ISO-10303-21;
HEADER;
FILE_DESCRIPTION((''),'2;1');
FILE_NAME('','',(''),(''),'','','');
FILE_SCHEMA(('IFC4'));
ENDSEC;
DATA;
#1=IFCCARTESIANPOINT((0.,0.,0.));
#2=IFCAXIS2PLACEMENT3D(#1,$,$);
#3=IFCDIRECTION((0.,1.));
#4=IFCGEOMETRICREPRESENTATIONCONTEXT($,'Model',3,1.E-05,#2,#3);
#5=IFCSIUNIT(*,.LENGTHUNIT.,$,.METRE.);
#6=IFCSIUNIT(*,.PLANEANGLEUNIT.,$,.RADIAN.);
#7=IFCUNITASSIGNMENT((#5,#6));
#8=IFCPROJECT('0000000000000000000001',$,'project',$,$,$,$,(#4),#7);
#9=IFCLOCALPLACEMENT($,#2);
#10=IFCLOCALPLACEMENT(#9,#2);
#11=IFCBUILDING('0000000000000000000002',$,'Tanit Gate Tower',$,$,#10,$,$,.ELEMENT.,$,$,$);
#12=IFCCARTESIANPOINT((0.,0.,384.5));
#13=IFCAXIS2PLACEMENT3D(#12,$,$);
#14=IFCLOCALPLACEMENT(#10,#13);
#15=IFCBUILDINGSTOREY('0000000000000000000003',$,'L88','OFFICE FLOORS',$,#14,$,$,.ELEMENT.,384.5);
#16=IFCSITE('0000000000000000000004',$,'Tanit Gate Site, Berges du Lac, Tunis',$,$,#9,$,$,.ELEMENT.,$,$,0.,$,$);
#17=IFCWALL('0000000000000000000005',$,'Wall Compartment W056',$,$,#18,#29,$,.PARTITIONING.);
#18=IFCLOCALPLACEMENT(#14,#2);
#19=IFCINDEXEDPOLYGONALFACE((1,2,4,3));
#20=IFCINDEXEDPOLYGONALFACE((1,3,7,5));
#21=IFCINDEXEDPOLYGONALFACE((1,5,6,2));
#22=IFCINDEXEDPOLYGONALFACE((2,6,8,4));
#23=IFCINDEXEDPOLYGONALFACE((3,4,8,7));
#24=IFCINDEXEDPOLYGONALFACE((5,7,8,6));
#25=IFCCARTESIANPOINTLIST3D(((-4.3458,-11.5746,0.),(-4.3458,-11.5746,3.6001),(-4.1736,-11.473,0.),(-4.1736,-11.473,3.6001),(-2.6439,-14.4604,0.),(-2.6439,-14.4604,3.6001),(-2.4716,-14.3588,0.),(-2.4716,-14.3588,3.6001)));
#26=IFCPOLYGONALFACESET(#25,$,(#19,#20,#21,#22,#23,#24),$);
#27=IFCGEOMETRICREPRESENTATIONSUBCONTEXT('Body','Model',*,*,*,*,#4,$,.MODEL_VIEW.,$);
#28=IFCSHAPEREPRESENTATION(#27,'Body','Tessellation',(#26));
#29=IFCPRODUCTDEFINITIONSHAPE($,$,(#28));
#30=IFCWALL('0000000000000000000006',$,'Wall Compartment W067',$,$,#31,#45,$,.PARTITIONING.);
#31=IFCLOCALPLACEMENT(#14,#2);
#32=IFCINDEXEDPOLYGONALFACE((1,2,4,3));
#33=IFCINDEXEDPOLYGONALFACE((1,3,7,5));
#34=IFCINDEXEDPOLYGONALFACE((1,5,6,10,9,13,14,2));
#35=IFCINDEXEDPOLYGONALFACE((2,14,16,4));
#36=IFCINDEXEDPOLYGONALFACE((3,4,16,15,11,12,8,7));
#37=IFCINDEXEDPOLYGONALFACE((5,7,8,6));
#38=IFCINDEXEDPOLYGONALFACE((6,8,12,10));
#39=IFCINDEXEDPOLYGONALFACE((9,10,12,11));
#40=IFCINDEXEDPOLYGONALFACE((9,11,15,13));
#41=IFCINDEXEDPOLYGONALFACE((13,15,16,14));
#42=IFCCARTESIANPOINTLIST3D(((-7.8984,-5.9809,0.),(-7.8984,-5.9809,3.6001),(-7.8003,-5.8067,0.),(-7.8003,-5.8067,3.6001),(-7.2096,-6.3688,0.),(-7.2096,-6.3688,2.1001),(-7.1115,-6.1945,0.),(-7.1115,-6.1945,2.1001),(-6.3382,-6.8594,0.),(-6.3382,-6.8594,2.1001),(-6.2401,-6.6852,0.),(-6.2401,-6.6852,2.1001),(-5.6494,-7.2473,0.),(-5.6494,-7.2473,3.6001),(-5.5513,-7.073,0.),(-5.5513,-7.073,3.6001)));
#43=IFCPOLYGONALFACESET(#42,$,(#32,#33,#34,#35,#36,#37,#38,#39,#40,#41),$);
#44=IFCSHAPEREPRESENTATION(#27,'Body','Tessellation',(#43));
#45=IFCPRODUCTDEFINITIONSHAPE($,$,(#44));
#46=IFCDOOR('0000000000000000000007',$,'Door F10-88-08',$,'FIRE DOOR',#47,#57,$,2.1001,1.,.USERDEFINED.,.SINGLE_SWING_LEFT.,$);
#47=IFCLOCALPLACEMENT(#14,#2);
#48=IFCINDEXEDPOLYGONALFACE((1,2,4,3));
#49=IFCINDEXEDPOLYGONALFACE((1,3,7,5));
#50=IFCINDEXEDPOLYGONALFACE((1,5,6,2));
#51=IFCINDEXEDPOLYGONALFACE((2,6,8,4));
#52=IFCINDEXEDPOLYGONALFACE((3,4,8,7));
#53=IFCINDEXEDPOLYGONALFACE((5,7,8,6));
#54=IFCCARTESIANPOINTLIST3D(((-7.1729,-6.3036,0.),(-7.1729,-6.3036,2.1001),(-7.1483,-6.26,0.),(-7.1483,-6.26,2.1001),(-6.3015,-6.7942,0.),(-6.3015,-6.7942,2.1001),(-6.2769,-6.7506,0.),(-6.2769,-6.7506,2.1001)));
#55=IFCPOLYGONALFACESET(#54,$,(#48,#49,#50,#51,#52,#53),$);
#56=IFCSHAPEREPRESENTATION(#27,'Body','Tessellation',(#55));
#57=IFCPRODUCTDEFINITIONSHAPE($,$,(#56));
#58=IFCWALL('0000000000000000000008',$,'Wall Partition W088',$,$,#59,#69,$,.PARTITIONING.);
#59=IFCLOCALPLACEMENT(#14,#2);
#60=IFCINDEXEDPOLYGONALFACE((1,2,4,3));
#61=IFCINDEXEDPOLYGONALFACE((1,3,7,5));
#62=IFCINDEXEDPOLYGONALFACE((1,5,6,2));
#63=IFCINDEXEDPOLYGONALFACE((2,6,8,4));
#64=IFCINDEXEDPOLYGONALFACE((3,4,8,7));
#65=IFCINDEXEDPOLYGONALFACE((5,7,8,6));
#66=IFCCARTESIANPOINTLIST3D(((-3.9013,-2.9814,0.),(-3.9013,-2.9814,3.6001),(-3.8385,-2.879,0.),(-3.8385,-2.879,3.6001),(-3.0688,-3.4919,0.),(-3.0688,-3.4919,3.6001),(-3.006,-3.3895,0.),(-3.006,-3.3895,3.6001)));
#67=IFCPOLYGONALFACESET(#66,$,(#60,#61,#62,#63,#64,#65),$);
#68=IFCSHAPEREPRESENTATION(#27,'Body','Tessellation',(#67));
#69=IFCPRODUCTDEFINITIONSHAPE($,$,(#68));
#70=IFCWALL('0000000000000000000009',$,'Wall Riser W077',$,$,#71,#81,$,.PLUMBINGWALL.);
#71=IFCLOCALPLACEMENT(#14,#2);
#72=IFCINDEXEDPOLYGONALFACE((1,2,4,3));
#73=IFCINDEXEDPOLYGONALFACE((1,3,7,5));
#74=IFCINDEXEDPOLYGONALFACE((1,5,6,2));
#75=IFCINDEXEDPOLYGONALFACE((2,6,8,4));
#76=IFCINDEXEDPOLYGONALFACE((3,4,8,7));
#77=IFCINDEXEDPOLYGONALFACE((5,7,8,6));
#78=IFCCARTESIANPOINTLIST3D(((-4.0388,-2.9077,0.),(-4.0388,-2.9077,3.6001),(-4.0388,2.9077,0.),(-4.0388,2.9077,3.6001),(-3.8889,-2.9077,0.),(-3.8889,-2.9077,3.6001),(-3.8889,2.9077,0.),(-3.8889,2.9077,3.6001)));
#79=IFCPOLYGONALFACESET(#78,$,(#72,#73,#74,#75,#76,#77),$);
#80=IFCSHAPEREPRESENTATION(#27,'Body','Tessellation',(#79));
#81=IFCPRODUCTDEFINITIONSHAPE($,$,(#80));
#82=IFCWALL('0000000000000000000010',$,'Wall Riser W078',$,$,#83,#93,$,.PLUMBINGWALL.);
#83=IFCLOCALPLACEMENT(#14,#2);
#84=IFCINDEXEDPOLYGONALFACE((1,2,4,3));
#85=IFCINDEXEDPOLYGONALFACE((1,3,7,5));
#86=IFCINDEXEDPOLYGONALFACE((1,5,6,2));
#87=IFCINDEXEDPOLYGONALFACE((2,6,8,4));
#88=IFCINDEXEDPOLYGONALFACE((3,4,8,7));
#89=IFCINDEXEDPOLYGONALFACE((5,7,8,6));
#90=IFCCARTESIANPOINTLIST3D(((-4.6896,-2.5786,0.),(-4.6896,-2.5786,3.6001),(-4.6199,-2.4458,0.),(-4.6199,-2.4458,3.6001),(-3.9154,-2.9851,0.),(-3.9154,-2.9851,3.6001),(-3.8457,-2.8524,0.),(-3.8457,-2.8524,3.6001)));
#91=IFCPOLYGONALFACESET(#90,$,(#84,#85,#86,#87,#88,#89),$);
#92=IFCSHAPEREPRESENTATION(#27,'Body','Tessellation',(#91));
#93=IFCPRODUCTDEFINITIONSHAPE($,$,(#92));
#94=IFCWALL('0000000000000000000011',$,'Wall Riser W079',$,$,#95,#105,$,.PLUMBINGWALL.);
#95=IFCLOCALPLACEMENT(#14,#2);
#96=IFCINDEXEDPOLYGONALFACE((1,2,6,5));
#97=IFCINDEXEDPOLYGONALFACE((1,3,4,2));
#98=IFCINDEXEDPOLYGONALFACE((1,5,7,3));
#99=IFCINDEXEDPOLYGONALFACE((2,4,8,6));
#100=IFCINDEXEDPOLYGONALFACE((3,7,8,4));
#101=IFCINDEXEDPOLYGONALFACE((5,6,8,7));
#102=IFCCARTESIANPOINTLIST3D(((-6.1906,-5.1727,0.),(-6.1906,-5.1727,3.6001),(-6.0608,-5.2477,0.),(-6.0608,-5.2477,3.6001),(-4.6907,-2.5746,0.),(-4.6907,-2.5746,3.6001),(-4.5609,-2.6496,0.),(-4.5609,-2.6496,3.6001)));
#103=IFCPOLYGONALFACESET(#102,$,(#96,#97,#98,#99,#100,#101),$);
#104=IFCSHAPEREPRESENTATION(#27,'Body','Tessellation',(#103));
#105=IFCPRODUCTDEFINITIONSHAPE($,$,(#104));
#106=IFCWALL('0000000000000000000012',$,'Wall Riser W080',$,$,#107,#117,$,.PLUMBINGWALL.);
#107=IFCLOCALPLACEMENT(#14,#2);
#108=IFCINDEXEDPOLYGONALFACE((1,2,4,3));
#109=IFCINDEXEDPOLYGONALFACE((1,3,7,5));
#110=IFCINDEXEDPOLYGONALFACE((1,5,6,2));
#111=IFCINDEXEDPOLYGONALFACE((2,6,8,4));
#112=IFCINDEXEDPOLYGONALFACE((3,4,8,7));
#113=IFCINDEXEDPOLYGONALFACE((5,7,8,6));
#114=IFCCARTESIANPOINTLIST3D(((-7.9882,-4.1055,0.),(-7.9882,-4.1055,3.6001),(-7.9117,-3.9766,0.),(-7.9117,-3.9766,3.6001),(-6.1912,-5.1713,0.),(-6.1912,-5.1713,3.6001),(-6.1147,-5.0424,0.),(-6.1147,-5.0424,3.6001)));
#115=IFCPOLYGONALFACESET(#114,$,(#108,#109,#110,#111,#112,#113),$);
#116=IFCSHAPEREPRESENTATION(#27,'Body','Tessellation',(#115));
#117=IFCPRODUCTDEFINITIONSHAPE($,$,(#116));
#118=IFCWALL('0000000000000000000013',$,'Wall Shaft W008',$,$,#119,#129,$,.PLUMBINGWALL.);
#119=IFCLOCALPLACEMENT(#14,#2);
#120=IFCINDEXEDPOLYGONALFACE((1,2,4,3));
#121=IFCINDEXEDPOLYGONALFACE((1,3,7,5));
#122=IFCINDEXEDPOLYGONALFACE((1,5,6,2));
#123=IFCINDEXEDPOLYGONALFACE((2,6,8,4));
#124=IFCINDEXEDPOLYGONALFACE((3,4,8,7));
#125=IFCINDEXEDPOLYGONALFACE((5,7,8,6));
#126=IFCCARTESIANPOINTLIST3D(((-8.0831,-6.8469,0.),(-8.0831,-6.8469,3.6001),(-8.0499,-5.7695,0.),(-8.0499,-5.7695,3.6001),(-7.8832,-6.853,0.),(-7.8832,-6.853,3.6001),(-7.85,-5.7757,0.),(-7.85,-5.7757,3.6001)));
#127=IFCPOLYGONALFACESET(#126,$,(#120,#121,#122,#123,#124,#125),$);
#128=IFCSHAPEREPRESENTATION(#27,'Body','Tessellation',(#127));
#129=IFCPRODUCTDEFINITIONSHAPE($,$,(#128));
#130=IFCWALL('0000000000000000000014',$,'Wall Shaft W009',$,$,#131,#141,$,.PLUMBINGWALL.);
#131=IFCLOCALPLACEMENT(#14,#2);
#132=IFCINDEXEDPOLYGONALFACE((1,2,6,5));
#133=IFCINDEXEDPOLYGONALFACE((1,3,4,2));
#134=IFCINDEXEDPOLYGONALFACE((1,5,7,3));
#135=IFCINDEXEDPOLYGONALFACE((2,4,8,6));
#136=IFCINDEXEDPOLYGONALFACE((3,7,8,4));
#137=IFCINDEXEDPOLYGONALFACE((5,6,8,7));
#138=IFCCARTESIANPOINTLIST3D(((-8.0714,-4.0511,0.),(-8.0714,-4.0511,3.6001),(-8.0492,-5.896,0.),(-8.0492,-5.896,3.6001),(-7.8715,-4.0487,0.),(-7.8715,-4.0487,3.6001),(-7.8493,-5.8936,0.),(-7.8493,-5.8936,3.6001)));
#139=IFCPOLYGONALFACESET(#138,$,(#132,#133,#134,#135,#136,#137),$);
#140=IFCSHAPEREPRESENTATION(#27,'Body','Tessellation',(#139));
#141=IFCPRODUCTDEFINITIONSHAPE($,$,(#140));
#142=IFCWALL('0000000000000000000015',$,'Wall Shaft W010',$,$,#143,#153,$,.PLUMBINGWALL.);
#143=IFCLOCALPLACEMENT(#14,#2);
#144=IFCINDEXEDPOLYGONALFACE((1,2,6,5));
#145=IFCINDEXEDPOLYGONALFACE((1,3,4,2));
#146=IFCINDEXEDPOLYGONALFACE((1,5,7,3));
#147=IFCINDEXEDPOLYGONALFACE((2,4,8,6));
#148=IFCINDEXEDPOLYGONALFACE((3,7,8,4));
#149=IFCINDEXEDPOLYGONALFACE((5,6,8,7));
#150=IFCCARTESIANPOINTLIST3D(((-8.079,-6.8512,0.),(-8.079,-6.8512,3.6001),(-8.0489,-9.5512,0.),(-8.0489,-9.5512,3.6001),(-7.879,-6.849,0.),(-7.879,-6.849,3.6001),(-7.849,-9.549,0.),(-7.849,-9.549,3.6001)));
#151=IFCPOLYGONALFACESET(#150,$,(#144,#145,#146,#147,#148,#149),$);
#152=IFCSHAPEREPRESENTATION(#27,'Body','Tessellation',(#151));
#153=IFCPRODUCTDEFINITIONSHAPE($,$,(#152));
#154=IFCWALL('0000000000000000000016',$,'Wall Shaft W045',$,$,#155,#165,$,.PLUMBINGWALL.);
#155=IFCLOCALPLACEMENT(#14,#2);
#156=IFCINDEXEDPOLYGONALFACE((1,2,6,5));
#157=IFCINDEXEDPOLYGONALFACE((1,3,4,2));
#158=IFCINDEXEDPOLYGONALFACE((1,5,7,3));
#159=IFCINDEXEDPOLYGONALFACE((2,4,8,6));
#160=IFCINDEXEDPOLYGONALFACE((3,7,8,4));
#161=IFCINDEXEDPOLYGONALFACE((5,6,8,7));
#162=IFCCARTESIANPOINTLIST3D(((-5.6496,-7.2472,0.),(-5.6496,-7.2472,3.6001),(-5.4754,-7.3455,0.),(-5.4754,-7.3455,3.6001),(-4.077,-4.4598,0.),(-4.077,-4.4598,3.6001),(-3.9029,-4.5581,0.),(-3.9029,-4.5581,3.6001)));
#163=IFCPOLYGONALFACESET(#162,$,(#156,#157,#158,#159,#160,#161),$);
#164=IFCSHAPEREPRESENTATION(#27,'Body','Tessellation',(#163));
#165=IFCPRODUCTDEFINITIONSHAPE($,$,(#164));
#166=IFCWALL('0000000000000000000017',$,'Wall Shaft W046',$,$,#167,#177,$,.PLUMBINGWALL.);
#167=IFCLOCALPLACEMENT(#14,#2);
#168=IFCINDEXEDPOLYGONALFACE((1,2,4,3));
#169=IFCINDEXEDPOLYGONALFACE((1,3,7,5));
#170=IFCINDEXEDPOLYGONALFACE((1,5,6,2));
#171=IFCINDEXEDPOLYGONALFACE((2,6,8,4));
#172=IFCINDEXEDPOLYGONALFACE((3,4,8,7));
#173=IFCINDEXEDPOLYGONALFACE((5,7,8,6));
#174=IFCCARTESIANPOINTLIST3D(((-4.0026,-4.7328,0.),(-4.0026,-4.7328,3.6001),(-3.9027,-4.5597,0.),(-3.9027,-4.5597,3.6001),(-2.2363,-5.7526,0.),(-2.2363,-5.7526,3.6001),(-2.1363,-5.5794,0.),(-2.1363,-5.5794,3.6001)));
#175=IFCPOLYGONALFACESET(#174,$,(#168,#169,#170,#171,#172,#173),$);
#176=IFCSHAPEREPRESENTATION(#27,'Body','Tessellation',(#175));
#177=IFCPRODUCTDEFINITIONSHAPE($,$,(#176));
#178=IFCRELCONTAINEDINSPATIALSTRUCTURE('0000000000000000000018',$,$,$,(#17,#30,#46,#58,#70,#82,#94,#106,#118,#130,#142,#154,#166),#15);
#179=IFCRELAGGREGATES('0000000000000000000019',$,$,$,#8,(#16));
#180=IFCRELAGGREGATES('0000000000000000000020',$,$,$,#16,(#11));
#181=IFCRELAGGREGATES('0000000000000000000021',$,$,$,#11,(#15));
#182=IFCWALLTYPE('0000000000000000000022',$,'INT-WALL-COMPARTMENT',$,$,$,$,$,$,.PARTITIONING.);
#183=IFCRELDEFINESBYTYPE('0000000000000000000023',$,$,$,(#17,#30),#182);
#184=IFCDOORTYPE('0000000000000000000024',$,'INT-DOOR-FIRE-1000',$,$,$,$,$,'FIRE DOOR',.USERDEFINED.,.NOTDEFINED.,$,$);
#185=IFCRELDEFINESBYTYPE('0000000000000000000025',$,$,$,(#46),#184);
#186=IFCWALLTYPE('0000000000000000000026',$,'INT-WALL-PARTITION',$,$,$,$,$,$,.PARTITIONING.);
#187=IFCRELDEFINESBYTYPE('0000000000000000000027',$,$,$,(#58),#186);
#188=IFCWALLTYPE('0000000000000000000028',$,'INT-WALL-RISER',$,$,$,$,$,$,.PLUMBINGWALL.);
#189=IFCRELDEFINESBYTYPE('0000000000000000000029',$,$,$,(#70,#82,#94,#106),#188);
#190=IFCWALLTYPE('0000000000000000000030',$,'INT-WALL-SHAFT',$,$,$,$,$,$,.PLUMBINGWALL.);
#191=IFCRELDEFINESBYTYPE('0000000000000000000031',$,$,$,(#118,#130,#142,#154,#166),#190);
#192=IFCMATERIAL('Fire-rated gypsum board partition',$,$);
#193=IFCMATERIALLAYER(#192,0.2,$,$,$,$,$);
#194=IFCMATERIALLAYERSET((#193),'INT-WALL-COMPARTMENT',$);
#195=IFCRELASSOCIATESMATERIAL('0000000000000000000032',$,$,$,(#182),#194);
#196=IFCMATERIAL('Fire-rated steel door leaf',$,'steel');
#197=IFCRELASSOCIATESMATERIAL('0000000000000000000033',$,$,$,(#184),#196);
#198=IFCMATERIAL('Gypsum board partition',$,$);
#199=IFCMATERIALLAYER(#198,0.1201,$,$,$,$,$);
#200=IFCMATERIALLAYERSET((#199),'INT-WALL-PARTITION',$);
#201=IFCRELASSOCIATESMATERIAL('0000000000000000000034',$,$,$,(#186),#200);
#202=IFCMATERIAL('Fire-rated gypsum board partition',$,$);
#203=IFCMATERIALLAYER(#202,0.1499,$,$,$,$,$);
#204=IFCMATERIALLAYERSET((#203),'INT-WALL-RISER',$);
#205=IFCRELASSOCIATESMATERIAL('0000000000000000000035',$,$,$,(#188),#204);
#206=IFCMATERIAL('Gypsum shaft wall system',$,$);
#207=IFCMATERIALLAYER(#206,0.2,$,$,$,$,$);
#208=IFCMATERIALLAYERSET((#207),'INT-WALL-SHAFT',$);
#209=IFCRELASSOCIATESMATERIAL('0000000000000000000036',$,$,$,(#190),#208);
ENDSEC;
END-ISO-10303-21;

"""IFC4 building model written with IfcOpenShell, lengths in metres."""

from ifc_helpers import new_model, si_unit, direction, frame, frame_2d, origin, place, context, subcontext, project, spatial, rectangle, extrude, material, layer, layer_set, type_object, element, fill, save


model = new_model("IFC4")

# Units and contexts
model_context = context("Model", 3, precision=1e-05, world=origin(), true_north=direction((0.0, 1.0)))
body_context = subcontext(model_context, "Body", "Model", "MODEL_VIEW")
ifc_project = project(units=[si_unit("LENGTHUNIT", "METRE"), si_unit("PLANEANGLEUNIT", "RADIAN")], contexts=[model_context])

# Site, building, storey
site_placement = place(None, origin())
site = spatial("IfcSite", under=ifc_project, at=site_placement, Name="Tanit Gate Site, Berges du Lac, Tunis", CompositionType="ELEMENT", RefElevation=0.0)
building_placement = place(site_placement, origin())
building = spatial("IfcBuilding", under=site, at=building_placement, Name="Tanit Gate Tower", CompositionType="ELEMENT")
storey_placement = place(building_placement, frame((0.0, 0.0, 384.5)))
storey = spatial("IfcBuildingStorey", under=building, at=storey_placement, Name="L88", Description="OFFICE FLOORS", CompositionType="ELEMENT", Elevation=384.5)

# Wall
ifc_material_1 = material(Name="Fire-rated gypsum board partition")
ifc_layer_1 = layer(ifc_material_1, 0.2)
ifc_layer_set_1 = layer_set([ifc_layer_1], Name="INT-WALL-COMPARTMENT")
wall_type_1 = type_object("IfcWallType", Name="INT-WALL-COMPARTMENT", PredefinedType="PARTITIONING", material=ifc_layer_set_1)
wall_1_placement = place(storey_placement, frame((-4.2598, -11.5237, 0.0), z_axis=(0.0, 0.0, 1.0), x_axis=(0.507997, -0.861359, 0.0)))
element("IfcWall", 1, at=wall_1_placement, inside=storey, type_object=wall_type_1, Name="Wall Compartment W056", PredefinedType="PARTITIONING", context=body_context, shape_type="SweptSolid", body=[
    extrude(rectangle(XDim=3.3503, YDim=0.2, at=frame_2d((1.6753, 0.0))), origin(), (0.0, 0.0, 1.0), 3.6001),
])

# Wall, opening, door
wall_2_placement = place(storey_placement, frame((-7.8494, -5.8938, 0.0), z_axis=(0.0, 0.0, 1.0), x_axis=(0.871363, -0.490638, 0.0)))
wall_2 = element("IfcWall", 2, at=wall_2_placement, inside=storey, type_object=wall_type_1, Name="Wall Compartment W067", PredefinedType="PARTITIONING", context=body_context, shape_type="SweptSolid", body=[
    extrude(rectangle(XDim=2.5811, YDim=0.2, at=frame_2d((1.2905, 0.0))), origin(), (0.0, 0.0, 1.0), 3.6001),
])
opening_1_placement = place(wall_2_placement, frame((0.7905, 0.0, 0.0)))
opening_1 = element("IfcOpeningElement", 3, at=opening_1_placement, cuts=wall_2, PredefinedType="OPENING", context=body_context, shape_type="SweptSolid", body=[
    extrude(rectangle(XDim=1.0, YDim=2.1001, at=frame_2d((0.5, 1.05))), frame((0.0, 0.1099, 0.0), z_axis=(0.0, -1.0, 0.0), x_axis=(1.0, 0.0, 0.0)), (0.0, 0.0, 1.0), 0.22),
])
ifc_material_2 = material(Name="Fire-rated steel door leaf", Category="steel")
door_type_1 = type_object("IfcDoorType", Name="INT-DOOR-FIRE-1000", ElementType="FIRE DOOR", OperationType="NOTDEFINED", PredefinedType="USERDEFINED", material=ifc_material_2)
door_1_placement = place(opening_1_placement, origin())
door_1 = element("IfcDoor", 4, at=door_1_placement, inside=storey, type_object=door_type_1, Name="Door F10-88-08", ObjectType="FIRE DOOR", OperationType="SINGLE_SWING_LEFT", OverallHeight=2.1001, OverallWidth=1.0, PredefinedType="USERDEFINED", context=body_context, shape_type="SweptSolid", body=[
    extrude(rectangle(XDim=1.0, YDim=2.1001, at=frame_2d((0.5, 1.05))), frame((0.0, 0.0249, 0.0), z_axis=(0.0, -1.0, 0.0), x_axis=(1.0, 0.0, 0.0)), (0.0, 0.0, 1.0), 0.05),
])
fill(opening_1, door_1)

# Walls
ifc_material_3 = material(Name="Gypsum board partition")
ifc_layer_2 = layer(ifc_material_3, 0.1201)
ifc_layer_set_2 = layer_set([ifc_layer_2], Name="INT-WALL-PARTITION")
wall_type_2 = type_object("IfcWallType", Name="INT-WALL-PARTITION", PredefinedType="PARTITIONING", material=ifc_layer_set_2)
wall_3_placement = place(storey_placement, frame((-3.8699, -2.9302, 0.0), z_axis=(0.0, 0.0, 1.0), x_axis=(0.85249, -0.522744, 0.0)))
element("IfcWall", 5, at=wall_3_placement, inside=storey, type_object=wall_type_2, Name="Wall Partition W088", PredefinedType="PARTITIONING", context=body_context, shape_type="SweptSolid", body=[
    extrude(rectangle(XDim=0.9766, YDim=0.1201, at=frame_2d((0.4883, 0.0))), origin(), (0.0, 0.0, 1.0), 3.6001),
])
ifc_material_4 = material(Name="Fire-rated gypsum board partition")
ifc_layer_3 = layer(ifc_material_4, 0.1499)
ifc_layer_set_3 = layer_set([ifc_layer_3], Name="INT-WALL-RISER")
wall_type_3 = type_object("IfcWallType", Name="INT-WALL-RISER", PredefinedType="PLUMBINGWALL", material=ifc_layer_set_3)
wall_4_placement = place(storey_placement, frame((-3.9639, -2.9077, 0.0), z_axis=(0.0, 0.0, 1.0), x_axis=(0.0, 1.0, 0.0)))
element("IfcWall", 6, at=wall_4_placement, inside=storey, type_object=wall_type_3, Name="Wall Riser W077", PredefinedType="PLUMBINGWALL", context=body_context, shape_type="SweptSolid", body=[
    extrude(rectangle(XDim=5.8154, YDim=0.1499, at=frame_2d((2.9077, 0.0))), origin(), (0.0, 0.0, 1.0), 3.6001),
])
wall_5_placement = place(storey_placement, frame((-4.6548, -2.5122, 0.0), z_axis=(0.0, 0.0, 1.0), x_axis=(0.885372, -0.464883, 0.0)))
element("IfcWall", 7, at=wall_5_placement, inside=storey, type_object=wall_type_3, Name="Wall Riser W078", PredefinedType="PLUMBINGWALL", context=body_context, shape_type="SweptSolid", body=[
    extrude(rectangle(XDim=0.8745, YDim=0.1499, at=frame_2d((0.4373, 0.0))), origin(), (0.0, 0.0, 1.0), 3.6001),
])
wall_6_placement = place(storey_placement, frame((-6.1257, -5.2102, 0.0), z_axis=(0.0, 0.0, 1.0), x_axis=(0.49999, 0.866031, 0.0)))
element("IfcWall", 8, at=wall_6_placement, inside=storey, type_object=wall_type_3, Name="Wall Riser W079", PredefinedType="PLUMBINGWALL", context=body_context, shape_type="SweptSolid", body=[
    extrude(rectangle(XDim=3.0, YDim=0.1499, at=frame_2d((1.5, 0.0))), origin(), (0.0, 0.0, 1.0), 3.6001),
])
wall_7_placement = place(storey_placement, frame((-7.95, -4.041, 0.0), z_axis=(0.0, 0.0, 1.0), x_axis=(0.86009, -0.510142, 0.0)))
element("IfcWall", 9, at=wall_7_placement, inside=storey, type_object=wall_type_3, Name="Wall Riser W080", PredefinedType="PLUMBINGWALL", context=body_context, shape_type="SweptSolid", body=[
    extrude(rectangle(XDim=2.0894, YDim=0.1499, at=frame_2d((1.0447, 0.0))), origin(), (0.0, 0.0, 1.0), 3.6001),
])
ifc_material_5 = material(Name="Gypsum shaft wall system")
ifc_layer_4 = layer(ifc_material_5, 0.2)
ifc_layer_set_4 = layer_set([ifc_layer_4], Name="INT-WALL-SHAFT")
wall_type_4 = type_object("IfcWallType", Name="INT-WALL-SHAFT", PredefinedType="PLUMBINGWALL", material=ifc_layer_set_4)
wall_8_placement = place(storey_placement, frame((-7.95, -5.7725, 0.0), z_axis=(0.0, 0.0, 1.0), x_axis=(-0.030803, -0.999525, 0.0)))
element("IfcWall", 10, at=wall_8_placement, inside=storey, type_object=wall_type_4, Name="Wall Shaft W008", PredefinedType="PLUMBINGWALL", context=body_context, shape_type="SweptSolid", body=[
    extrude(rectangle(XDim=1.0779, YDim=0.2, at=frame_2d((0.5391, 0.0))), origin(), (0.0, 0.0, 1.0), 3.6001),
])
wall_9_placement = place(storey_placement, frame((-7.9714, -4.05, 0.0), z_axis=(0.0, 0.0, 1.0), x_axis=(0.012043, -0.999927, 0.0)))
element("IfcWall", 11, at=wall_9_placement, inside=storey, type_object=wall_type_4, Name="Wall Shaft W009", PredefinedType="PLUMBINGWALL", context=body_context, shape_type="SweptSolid", body=[
    extrude(rectangle(XDim=1.845, YDim=0.2, at=frame_2d((0.9224, 0.0))), origin(), (0.0, 0.0, 1.0), 3.6001),
])
wall_10_placement = place(storey_placement, frame((-7.979, -6.8501, 0.0), z_axis=(0.0, 0.0, 1.0), x_axis=(0.011121, -0.999938, 0.0)))
element("IfcWall", 12, at=wall_10_placement, inside=storey, type_object=wall_type_4, Name="Wall Shaft W010", PredefinedType="PLUMBINGWALL", context=body_context, shape_type="SweptSolid", body=[
    extrude(rectangle(XDim=2.7002, YDim=0.2, at=frame_2d((1.3501, 0.0))), origin(), (0.0, 0.0, 1.0), 3.6001),
])
wall_11_placement = place(storey_placement, frame((-3.99, -4.509, 0.0), z_axis=(0.0, 0.0, 1.0), x_axis=(-0.491358, -0.870958, 0.0)))
element("IfcWall", 13, at=wall_11_placement, inside=storey, type_object=wall_type_4, Name="Wall Shaft W045", PredefinedType="PLUMBINGWALL", context=body_context, shape_type="SweptSolid", body=[
    extrude(rectangle(XDim=3.2004, YDim=0.2, at=frame_2d((1.6001, 0.0))), origin(), (0.0, 0.0, 1.0), 3.6001),
])
wall_12_placement = place(storey_placement, frame((-3.9526, -4.6462, 0.0), z_axis=(0.0, 0.0, 1.0), x_axis=(0.866032, -0.499988, 0.0)))
element("IfcWall", 14, at=wall_12_placement, inside=storey, type_object=wall_type_4, Name="Wall Shaft W046", PredefinedType="PLUMBINGWALL", context=body_context, shape_type="SweptSolid", body=[
    extrude(rectangle(XDim=2.0396, YDim=0.2, at=frame_2d((1.0198, 0.0))), origin(), (0.0, 0.0, 1.0), 3.6001),
])

save(model, "model.ifc")
